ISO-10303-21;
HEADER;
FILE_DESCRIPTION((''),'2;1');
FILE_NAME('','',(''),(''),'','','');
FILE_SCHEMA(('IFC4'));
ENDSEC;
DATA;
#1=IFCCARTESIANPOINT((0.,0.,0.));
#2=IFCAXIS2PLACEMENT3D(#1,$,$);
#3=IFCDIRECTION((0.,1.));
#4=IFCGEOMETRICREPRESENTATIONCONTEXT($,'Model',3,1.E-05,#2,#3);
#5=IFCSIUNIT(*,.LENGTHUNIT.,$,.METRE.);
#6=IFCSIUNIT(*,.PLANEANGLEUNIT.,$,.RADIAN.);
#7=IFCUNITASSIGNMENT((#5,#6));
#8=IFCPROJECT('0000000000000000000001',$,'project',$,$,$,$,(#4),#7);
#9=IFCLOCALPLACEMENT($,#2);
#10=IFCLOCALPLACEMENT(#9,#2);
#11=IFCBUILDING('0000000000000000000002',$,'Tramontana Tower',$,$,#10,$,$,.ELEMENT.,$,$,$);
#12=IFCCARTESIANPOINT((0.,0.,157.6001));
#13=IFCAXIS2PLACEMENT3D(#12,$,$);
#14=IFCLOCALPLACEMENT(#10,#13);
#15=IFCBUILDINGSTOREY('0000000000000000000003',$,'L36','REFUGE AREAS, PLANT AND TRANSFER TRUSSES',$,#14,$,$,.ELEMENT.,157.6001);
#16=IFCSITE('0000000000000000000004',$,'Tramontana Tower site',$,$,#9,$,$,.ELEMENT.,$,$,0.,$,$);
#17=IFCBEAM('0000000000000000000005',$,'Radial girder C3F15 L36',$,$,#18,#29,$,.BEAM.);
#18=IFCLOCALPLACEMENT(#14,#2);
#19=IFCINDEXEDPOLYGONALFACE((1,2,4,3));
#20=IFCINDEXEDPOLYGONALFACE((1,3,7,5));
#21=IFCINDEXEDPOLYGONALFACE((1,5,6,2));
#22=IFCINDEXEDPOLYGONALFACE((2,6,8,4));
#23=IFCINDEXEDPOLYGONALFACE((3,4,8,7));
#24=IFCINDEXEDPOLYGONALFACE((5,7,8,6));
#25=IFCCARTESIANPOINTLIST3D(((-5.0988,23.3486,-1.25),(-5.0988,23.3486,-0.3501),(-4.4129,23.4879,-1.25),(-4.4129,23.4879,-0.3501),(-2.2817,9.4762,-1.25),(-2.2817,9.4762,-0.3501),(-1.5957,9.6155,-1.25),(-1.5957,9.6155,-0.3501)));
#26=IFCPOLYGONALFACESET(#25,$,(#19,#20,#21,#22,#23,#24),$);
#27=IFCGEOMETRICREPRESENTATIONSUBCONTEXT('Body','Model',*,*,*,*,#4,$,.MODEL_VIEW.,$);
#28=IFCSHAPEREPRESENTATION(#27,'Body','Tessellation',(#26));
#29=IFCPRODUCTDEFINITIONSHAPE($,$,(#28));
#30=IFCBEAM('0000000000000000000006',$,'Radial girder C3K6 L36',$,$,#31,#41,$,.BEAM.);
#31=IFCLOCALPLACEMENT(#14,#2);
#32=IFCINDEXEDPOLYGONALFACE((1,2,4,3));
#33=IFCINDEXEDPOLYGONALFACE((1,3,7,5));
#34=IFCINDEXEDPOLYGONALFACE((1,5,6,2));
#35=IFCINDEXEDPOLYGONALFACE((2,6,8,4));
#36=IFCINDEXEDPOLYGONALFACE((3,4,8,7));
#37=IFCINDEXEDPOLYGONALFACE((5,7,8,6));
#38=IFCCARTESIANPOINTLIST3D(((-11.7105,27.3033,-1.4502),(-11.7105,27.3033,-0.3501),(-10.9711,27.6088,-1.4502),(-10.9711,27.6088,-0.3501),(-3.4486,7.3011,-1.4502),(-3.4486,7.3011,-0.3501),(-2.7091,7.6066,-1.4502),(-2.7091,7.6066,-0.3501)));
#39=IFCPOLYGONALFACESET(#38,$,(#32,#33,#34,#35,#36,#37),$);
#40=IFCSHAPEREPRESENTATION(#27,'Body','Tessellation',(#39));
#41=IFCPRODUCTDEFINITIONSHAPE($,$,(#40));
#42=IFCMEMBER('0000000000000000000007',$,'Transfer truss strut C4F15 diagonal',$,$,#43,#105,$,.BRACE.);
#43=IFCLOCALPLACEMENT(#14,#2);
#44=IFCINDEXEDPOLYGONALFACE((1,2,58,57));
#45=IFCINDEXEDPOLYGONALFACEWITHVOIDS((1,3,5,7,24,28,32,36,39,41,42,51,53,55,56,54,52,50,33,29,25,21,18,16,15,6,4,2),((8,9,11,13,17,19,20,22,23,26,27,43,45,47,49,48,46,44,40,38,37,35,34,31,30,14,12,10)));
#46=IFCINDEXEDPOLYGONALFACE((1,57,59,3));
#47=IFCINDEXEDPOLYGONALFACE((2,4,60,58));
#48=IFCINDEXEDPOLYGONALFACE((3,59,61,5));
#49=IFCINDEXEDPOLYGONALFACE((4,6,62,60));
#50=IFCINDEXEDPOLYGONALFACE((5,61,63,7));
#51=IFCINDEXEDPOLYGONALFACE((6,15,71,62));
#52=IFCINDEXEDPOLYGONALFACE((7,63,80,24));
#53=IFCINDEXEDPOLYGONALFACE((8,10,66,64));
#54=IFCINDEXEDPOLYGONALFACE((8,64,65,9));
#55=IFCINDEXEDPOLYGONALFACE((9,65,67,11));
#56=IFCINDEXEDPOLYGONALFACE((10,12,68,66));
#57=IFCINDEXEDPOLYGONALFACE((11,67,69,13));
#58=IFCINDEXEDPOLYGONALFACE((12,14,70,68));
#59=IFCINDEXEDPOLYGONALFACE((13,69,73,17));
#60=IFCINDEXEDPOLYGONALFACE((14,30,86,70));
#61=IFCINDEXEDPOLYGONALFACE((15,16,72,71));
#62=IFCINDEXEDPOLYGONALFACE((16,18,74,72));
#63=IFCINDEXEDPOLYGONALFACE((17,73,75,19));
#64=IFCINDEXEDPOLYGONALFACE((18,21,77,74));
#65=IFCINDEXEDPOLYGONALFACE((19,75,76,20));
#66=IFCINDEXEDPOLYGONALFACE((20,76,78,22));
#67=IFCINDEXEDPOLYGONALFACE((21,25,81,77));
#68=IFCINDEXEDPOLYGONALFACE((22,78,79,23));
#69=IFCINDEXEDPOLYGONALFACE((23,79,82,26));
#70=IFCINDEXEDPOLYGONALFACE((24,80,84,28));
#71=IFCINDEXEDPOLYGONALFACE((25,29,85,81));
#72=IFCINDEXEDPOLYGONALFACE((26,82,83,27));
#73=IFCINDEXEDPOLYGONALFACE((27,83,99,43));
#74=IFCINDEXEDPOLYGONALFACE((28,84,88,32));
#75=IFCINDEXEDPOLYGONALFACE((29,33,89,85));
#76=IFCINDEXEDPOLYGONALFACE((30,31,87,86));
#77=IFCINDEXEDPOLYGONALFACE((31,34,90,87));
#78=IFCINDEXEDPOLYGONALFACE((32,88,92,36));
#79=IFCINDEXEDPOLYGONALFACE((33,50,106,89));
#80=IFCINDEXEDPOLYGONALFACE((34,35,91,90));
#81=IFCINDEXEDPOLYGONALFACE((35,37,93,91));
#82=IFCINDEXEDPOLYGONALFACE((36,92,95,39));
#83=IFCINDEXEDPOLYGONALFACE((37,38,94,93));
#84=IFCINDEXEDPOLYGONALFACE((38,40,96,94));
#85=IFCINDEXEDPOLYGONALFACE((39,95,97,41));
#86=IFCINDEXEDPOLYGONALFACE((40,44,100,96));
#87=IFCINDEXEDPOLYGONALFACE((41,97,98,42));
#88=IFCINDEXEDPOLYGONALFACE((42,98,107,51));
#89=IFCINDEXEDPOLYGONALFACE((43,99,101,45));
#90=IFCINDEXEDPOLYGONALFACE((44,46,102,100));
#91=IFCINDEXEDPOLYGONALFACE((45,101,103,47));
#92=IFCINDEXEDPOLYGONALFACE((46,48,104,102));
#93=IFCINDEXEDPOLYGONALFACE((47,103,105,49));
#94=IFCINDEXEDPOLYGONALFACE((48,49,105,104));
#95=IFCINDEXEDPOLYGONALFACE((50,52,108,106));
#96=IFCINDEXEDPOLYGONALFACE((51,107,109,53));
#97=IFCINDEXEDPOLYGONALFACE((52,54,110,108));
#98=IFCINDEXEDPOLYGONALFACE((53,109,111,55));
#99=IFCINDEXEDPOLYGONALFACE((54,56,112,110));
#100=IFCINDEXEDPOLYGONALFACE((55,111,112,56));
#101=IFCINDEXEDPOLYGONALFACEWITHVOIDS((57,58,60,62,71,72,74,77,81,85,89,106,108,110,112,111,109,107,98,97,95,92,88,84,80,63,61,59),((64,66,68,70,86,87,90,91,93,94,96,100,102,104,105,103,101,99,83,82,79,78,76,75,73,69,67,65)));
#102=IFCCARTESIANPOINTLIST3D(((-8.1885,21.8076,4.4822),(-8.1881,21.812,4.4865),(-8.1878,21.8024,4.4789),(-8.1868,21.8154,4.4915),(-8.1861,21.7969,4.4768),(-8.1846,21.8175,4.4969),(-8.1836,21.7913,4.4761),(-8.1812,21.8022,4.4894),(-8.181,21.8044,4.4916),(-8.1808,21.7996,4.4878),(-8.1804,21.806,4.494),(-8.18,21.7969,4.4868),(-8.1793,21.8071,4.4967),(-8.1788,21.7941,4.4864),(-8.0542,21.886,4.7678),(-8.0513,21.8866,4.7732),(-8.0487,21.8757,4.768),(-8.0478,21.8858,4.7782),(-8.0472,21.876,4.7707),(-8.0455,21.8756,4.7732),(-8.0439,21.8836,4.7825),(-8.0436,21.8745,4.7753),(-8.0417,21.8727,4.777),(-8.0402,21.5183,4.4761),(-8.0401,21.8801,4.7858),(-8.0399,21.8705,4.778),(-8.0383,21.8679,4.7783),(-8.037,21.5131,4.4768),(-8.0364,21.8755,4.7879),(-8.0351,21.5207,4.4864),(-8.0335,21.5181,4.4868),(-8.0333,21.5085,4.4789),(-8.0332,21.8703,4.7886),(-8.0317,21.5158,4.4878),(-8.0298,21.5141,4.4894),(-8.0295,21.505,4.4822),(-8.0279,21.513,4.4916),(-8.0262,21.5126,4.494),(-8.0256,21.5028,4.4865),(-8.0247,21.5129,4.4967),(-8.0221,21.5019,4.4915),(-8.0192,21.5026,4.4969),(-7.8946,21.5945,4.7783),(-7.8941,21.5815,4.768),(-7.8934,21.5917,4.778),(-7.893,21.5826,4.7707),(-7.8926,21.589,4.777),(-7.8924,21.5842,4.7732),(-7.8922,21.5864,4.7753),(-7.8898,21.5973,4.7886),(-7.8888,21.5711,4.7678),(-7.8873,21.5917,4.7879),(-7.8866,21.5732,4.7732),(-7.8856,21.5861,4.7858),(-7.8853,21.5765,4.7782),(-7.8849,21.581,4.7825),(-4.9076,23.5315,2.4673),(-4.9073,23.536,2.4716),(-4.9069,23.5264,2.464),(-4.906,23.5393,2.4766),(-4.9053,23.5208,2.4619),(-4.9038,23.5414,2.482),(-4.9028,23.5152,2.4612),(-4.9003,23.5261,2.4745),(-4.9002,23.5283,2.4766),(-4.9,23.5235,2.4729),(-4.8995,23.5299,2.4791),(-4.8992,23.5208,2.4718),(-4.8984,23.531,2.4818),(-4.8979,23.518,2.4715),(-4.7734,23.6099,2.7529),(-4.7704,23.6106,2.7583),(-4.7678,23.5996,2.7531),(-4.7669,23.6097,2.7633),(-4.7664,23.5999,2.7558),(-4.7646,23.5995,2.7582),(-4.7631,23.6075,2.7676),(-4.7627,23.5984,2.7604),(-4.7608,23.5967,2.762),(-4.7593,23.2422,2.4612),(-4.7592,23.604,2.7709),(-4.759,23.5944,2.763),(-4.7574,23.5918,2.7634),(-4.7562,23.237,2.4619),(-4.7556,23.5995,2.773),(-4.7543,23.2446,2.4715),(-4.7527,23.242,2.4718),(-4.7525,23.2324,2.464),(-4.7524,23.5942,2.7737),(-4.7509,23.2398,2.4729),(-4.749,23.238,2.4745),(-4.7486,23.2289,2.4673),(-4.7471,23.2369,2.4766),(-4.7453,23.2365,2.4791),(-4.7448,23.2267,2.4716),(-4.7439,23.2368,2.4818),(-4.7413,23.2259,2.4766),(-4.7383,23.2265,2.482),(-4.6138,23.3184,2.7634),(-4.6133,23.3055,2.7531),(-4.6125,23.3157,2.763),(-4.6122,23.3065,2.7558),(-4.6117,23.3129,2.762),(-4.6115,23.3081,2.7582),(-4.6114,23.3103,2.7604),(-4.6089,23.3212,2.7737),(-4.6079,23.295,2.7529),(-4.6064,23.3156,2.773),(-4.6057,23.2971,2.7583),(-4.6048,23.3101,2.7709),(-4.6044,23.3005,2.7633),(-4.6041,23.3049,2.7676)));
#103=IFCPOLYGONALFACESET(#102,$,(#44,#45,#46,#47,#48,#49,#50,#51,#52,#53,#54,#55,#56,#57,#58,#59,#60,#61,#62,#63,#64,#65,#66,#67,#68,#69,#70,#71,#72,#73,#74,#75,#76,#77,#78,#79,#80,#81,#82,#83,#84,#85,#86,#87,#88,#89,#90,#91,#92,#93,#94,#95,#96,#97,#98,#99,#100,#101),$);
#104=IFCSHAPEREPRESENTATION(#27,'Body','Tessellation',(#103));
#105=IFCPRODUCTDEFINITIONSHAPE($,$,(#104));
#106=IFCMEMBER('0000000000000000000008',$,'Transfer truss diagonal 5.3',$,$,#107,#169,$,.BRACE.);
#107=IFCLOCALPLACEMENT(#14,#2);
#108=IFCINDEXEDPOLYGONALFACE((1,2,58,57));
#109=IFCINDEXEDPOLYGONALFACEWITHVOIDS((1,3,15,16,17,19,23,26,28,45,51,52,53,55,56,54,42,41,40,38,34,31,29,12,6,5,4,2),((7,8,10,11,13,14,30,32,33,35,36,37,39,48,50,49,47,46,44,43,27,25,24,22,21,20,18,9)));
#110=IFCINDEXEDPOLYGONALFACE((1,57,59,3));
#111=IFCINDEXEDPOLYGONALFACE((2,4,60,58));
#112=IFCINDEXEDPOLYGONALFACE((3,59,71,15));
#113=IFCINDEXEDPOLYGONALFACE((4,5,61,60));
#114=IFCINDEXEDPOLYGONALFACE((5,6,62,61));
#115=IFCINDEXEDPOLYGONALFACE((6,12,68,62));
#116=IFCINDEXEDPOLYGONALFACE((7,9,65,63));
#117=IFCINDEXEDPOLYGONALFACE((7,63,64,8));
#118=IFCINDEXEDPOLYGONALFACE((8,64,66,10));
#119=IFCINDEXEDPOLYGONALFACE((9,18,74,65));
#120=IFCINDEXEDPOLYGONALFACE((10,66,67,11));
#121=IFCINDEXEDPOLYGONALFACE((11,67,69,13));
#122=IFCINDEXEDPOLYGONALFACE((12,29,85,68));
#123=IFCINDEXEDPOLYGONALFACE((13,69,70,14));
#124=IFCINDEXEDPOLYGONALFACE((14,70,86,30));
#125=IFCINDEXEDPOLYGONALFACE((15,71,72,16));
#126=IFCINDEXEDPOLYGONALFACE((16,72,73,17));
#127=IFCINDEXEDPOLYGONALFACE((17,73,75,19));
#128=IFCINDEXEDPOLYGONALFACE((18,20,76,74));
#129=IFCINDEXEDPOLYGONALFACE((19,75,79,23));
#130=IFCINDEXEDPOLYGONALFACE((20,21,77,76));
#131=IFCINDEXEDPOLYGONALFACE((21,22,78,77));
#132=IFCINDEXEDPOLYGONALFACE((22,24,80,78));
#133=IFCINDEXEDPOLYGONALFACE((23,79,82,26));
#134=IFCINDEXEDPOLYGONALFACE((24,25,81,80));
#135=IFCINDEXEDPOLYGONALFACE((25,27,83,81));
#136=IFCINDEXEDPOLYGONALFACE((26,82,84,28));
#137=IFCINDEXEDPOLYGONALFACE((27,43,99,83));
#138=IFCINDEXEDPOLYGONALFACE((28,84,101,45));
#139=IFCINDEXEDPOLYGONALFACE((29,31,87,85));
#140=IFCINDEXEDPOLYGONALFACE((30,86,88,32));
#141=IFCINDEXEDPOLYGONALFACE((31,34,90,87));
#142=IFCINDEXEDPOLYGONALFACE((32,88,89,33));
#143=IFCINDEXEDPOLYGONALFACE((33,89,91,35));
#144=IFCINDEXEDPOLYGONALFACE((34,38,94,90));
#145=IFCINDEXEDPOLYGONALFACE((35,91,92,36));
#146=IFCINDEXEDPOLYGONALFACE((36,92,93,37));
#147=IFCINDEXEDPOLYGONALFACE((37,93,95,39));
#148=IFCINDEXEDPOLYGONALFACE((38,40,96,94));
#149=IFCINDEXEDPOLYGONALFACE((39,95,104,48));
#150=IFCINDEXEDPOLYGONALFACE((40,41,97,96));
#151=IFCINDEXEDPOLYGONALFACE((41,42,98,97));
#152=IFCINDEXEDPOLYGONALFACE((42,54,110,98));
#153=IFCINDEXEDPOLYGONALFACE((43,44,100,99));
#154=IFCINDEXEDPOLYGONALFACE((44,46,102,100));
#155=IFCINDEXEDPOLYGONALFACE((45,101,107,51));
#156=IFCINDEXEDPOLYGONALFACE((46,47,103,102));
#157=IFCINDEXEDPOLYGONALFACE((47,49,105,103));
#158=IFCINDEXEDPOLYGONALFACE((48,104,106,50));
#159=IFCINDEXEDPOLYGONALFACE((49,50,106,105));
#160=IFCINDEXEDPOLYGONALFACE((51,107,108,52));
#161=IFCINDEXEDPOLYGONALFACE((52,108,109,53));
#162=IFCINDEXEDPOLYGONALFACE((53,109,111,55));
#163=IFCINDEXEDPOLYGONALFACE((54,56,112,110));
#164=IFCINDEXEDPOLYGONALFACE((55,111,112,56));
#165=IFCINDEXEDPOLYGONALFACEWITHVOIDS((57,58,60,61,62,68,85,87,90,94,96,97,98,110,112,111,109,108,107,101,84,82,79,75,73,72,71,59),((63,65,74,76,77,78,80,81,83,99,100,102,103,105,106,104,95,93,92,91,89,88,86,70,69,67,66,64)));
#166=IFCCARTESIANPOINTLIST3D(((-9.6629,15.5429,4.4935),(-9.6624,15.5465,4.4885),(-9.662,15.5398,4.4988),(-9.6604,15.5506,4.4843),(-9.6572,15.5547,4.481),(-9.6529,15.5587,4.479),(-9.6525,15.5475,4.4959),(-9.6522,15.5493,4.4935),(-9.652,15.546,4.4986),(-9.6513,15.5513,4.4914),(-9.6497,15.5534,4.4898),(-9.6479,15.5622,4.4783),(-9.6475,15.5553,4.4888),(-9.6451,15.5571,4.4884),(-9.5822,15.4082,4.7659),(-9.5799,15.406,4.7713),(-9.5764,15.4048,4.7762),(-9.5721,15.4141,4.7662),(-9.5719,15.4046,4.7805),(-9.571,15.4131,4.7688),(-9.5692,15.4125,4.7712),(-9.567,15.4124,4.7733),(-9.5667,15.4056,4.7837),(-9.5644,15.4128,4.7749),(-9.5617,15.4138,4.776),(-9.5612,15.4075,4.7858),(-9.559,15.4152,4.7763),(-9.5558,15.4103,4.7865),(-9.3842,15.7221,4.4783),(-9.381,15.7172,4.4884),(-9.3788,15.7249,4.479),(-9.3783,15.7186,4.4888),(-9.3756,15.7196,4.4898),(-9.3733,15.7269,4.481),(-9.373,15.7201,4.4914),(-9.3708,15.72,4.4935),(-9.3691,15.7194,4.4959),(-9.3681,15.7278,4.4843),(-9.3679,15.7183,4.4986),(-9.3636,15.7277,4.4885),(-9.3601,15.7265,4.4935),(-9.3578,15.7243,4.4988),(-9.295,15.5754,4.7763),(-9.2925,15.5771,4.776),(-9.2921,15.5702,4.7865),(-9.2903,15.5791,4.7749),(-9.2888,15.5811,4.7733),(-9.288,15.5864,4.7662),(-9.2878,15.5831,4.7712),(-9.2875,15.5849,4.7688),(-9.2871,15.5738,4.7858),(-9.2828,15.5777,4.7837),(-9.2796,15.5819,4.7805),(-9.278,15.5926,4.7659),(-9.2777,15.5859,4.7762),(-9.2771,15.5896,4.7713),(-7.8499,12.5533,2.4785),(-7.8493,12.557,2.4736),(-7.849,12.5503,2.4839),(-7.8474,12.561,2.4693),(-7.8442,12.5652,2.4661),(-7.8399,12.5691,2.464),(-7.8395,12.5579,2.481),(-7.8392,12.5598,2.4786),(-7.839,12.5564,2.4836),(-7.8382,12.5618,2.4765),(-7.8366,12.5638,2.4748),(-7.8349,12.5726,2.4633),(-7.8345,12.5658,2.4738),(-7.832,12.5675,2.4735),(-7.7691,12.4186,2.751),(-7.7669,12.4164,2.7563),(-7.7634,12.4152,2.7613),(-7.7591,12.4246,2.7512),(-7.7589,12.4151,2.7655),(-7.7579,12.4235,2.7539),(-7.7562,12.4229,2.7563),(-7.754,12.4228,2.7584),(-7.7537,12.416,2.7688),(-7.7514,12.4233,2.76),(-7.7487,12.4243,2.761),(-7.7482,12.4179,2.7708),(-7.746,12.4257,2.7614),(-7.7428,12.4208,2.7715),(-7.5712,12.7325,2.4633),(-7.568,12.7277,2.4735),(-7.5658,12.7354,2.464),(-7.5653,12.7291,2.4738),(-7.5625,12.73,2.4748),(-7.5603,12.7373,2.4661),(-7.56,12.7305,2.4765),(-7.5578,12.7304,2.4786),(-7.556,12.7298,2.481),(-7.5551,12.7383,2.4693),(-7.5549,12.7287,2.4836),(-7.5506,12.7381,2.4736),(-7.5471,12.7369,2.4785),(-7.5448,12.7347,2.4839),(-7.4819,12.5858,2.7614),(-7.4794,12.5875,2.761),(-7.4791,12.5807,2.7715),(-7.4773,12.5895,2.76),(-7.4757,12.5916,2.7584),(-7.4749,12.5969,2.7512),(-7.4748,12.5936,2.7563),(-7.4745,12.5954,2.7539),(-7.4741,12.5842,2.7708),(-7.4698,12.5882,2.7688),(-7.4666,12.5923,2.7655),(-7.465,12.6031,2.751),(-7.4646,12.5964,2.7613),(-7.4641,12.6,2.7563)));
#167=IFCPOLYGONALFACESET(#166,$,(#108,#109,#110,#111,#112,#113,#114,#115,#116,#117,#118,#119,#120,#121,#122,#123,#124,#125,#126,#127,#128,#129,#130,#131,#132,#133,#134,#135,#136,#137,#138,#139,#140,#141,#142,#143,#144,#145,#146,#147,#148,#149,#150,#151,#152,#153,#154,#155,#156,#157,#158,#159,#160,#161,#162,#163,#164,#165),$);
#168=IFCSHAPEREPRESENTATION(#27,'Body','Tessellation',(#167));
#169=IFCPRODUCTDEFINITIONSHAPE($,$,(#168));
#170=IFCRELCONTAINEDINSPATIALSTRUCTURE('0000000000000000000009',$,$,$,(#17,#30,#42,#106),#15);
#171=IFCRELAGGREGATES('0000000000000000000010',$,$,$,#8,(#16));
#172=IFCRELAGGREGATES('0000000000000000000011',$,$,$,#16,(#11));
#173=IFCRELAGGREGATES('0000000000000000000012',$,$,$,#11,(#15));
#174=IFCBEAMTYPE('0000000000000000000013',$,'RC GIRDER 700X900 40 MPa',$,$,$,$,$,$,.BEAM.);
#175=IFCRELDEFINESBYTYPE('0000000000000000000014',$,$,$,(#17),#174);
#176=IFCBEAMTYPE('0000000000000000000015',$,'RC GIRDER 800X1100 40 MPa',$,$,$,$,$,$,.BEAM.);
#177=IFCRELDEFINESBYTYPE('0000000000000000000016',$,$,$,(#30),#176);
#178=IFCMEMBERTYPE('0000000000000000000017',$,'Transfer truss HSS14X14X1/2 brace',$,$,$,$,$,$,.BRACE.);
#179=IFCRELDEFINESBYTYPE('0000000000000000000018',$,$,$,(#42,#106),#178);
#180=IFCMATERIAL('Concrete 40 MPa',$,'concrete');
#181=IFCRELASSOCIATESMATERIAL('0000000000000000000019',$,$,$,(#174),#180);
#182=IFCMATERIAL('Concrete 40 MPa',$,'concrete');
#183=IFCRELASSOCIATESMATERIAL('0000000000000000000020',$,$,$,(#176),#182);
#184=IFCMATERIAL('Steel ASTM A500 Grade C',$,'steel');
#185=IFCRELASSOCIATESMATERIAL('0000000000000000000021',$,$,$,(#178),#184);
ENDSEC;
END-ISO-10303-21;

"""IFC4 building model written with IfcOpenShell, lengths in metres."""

from ifc_helpers import new_model, si_unit, direction, frame, origin, origin_2d, place, context, subcontext, project, spatial, rectangle, hollow_rectangle, extrude, material, material_profile, profile_set, type_object, element, save


model = new_model("IFC4")

# Units and contexts
model_context = context("Model", 3, precision=1e-05, world=origin(), true_north=direction((0.0, 1.0)))
body_context = subcontext(model_context, "Body", "Model", "MODEL_VIEW")
ifc_project = project(units=[si_unit("LENGTHUNIT", "METRE"), si_unit("PLANEANGLEUNIT", "RADIAN")], contexts=[model_context])

# Site, building, storey
site_placement = place(None, origin())
site = spatial("IfcSite", under=ifc_project, at=site_placement, Name="Tramontana Tower site", CompositionType="ELEMENT", RefElevation=0.0)
building_placement = place(site_placement, origin())
building = spatial("IfcBuilding", under=site, at=building_placement, Name="Tramontana Tower", CompositionType="ELEMENT")
storey_placement = place(building_placement, frame((0.0, 0.0, 157.6001)))
storey = spatial("IfcBuildingStorey", under=building, at=storey_placement, Name="L36", Description="REFUGE AREAS, PLANT AND TRANSFER TRUSSES", CompositionType="ELEMENT", Elevation=157.6001)

# Beams
ifc_material_1 = material(Name="Concrete 40 MPa", Category="concrete")
ifc_material_profile_1 = material_profile(ifc_material_1, rectangle(XDim=0.7, YDim=0.8999, at=origin_2d()), Name="RC GIRDER 700X900 40 MPa")
ifc_profile_set_1 = profile_set([ifc_material_profile_1], Name="Concrete 40 MPa")
beam_type_1 = type_object("IfcBeamType", Name="RC GIRDER 700X900 40 MPa", PredefinedType="BEAM", material=ifc_profile_set_1)
beam_1_placement = place(storey_placement, frame((-4.7559, 23.4182, -0.8), z_axis=(0.199014, -0.979997, 0.0), x_axis=(0.979997, 0.199014, 0.0)))
element("IfcBeam", 1, at=beam_1_placement, inside=storey, type_object=beam_type_1, Name="Radial girder C3F15 L36", PredefinedType="BEAM", context=body_context, shape_type="SweptSolid", body=[
    extrude(rectangle(XDim=0.7, YDim=0.8999, at=origin_2d()), origin(), (0.0, 0.0, 1.0), 14.1555),
])
ifc_material_2 = material(Name="Concrete 40 MPa", Category="concrete")
ifc_material_profile_2 = material_profile(ifc_material_2, rectangle(XDim=0.8, YDim=1.1001, at=origin_2d()), Name="RC GIRDER 800X1100 40 MPa")
ifc_profile_set_2 = profile_set([ifc_material_profile_2], Name="Concrete 40 MPa")
beam_type_2 = type_object("IfcBeamType", Name="RC GIRDER 800X1100 40 MPa", PredefinedType="BEAM", material=ifc_profile_set_2)
beam_2_placement = place(storey_placement, frame((-11.3408, 27.4561, -0.9001), z_axis=(0.381767, -0.924258, 0.0), x_axis=(0.924258, 0.381767, 0.0)))
element("IfcBeam", 2, at=beam_2_placement, inside=storey, type_object=beam_type_2, Name="Radial girder C3K6 L36", PredefinedType="BEAM", context=body_context, shape_type="SweptSolid", body=[
    extrude(rectangle(XDim=0.8, YDim=1.1001, at=origin_2d()), origin(), (0.0, 0.0, 1.0), 21.6414),
])

# Members
ifc_material_3 = material(Name="Steel ASTM A500 Grade C", Category="steel")
ifc_material_profile_3 = material_profile(ifc_material_3, hollow_rectangle(XDim=0.3557, YDim=0.3557, WallThickness=0.0117, InnerFilletRadius=0.0117, OuterFilletRadius=0.0237, at=origin_2d()), Name="HSS14X14X1/2")
ifc_profile_set_3 = profile_set([ifc_material_profile_3], Name="Steel ASTM A500 Grade C")
member_type_1 = type_object("IfcMemberType", Name="Transfer truss HSS14X14X1/2 brace", PredefinedType="BRACE", material=ifc_profile_set_3)
member_1_placement = place(storey_placement, frame((-4.7559, 23.4182, 2.6174), z_axis=(-0.777726, -0.408656, 0.477643), x_axis=(0.465146, -0.885234, 0.0)))
element("IfcMember", 3, at=member_1_placement, inside=storey, type_object=member_type_1, Name="Transfer truss strut C4F15 diagonal", PredefinedType="BRACE", context=body_context, shape_type="SweptSolid", body=[
    extrude(hollow_rectangle(XDim=0.3557, YDim=0.3557, WallThickness=0.0117, InnerFilletRadius=0.0117, OuterFilletRadius=0.0237, at=origin_2d()), origin(), (0.0, 0.0, 1.0), 4.2185),
])
for number, where, z_axis, x_axis, name in (
    (4, (-7.657, 12.5767, 2.6174), (-0.449279, 0.740833, 0.499314), (-0.85505, -0.518546, 0.0), "Transfer truss diagonal 5.3"),
):
    element("IfcMember", number, at=place(storey_placement, frame(where, z_axis=z_axis, x_axis=x_axis)), inside=storey, type_object=member_type_1, Name=name, PredefinedType="BRACE", context=body_context, shape_type="SweptSolid", body=[
        extrude(hollow_rectangle(XDim=0.3557, YDim=0.3557, WallThickness=0.0117, InnerFilletRadius=0.0117, OuterFilletRadius=0.0237, at=origin_2d()), origin(), (0.0, 0.0, 1.0), 4.0354),
    ])

save(model, "model.ifc")
